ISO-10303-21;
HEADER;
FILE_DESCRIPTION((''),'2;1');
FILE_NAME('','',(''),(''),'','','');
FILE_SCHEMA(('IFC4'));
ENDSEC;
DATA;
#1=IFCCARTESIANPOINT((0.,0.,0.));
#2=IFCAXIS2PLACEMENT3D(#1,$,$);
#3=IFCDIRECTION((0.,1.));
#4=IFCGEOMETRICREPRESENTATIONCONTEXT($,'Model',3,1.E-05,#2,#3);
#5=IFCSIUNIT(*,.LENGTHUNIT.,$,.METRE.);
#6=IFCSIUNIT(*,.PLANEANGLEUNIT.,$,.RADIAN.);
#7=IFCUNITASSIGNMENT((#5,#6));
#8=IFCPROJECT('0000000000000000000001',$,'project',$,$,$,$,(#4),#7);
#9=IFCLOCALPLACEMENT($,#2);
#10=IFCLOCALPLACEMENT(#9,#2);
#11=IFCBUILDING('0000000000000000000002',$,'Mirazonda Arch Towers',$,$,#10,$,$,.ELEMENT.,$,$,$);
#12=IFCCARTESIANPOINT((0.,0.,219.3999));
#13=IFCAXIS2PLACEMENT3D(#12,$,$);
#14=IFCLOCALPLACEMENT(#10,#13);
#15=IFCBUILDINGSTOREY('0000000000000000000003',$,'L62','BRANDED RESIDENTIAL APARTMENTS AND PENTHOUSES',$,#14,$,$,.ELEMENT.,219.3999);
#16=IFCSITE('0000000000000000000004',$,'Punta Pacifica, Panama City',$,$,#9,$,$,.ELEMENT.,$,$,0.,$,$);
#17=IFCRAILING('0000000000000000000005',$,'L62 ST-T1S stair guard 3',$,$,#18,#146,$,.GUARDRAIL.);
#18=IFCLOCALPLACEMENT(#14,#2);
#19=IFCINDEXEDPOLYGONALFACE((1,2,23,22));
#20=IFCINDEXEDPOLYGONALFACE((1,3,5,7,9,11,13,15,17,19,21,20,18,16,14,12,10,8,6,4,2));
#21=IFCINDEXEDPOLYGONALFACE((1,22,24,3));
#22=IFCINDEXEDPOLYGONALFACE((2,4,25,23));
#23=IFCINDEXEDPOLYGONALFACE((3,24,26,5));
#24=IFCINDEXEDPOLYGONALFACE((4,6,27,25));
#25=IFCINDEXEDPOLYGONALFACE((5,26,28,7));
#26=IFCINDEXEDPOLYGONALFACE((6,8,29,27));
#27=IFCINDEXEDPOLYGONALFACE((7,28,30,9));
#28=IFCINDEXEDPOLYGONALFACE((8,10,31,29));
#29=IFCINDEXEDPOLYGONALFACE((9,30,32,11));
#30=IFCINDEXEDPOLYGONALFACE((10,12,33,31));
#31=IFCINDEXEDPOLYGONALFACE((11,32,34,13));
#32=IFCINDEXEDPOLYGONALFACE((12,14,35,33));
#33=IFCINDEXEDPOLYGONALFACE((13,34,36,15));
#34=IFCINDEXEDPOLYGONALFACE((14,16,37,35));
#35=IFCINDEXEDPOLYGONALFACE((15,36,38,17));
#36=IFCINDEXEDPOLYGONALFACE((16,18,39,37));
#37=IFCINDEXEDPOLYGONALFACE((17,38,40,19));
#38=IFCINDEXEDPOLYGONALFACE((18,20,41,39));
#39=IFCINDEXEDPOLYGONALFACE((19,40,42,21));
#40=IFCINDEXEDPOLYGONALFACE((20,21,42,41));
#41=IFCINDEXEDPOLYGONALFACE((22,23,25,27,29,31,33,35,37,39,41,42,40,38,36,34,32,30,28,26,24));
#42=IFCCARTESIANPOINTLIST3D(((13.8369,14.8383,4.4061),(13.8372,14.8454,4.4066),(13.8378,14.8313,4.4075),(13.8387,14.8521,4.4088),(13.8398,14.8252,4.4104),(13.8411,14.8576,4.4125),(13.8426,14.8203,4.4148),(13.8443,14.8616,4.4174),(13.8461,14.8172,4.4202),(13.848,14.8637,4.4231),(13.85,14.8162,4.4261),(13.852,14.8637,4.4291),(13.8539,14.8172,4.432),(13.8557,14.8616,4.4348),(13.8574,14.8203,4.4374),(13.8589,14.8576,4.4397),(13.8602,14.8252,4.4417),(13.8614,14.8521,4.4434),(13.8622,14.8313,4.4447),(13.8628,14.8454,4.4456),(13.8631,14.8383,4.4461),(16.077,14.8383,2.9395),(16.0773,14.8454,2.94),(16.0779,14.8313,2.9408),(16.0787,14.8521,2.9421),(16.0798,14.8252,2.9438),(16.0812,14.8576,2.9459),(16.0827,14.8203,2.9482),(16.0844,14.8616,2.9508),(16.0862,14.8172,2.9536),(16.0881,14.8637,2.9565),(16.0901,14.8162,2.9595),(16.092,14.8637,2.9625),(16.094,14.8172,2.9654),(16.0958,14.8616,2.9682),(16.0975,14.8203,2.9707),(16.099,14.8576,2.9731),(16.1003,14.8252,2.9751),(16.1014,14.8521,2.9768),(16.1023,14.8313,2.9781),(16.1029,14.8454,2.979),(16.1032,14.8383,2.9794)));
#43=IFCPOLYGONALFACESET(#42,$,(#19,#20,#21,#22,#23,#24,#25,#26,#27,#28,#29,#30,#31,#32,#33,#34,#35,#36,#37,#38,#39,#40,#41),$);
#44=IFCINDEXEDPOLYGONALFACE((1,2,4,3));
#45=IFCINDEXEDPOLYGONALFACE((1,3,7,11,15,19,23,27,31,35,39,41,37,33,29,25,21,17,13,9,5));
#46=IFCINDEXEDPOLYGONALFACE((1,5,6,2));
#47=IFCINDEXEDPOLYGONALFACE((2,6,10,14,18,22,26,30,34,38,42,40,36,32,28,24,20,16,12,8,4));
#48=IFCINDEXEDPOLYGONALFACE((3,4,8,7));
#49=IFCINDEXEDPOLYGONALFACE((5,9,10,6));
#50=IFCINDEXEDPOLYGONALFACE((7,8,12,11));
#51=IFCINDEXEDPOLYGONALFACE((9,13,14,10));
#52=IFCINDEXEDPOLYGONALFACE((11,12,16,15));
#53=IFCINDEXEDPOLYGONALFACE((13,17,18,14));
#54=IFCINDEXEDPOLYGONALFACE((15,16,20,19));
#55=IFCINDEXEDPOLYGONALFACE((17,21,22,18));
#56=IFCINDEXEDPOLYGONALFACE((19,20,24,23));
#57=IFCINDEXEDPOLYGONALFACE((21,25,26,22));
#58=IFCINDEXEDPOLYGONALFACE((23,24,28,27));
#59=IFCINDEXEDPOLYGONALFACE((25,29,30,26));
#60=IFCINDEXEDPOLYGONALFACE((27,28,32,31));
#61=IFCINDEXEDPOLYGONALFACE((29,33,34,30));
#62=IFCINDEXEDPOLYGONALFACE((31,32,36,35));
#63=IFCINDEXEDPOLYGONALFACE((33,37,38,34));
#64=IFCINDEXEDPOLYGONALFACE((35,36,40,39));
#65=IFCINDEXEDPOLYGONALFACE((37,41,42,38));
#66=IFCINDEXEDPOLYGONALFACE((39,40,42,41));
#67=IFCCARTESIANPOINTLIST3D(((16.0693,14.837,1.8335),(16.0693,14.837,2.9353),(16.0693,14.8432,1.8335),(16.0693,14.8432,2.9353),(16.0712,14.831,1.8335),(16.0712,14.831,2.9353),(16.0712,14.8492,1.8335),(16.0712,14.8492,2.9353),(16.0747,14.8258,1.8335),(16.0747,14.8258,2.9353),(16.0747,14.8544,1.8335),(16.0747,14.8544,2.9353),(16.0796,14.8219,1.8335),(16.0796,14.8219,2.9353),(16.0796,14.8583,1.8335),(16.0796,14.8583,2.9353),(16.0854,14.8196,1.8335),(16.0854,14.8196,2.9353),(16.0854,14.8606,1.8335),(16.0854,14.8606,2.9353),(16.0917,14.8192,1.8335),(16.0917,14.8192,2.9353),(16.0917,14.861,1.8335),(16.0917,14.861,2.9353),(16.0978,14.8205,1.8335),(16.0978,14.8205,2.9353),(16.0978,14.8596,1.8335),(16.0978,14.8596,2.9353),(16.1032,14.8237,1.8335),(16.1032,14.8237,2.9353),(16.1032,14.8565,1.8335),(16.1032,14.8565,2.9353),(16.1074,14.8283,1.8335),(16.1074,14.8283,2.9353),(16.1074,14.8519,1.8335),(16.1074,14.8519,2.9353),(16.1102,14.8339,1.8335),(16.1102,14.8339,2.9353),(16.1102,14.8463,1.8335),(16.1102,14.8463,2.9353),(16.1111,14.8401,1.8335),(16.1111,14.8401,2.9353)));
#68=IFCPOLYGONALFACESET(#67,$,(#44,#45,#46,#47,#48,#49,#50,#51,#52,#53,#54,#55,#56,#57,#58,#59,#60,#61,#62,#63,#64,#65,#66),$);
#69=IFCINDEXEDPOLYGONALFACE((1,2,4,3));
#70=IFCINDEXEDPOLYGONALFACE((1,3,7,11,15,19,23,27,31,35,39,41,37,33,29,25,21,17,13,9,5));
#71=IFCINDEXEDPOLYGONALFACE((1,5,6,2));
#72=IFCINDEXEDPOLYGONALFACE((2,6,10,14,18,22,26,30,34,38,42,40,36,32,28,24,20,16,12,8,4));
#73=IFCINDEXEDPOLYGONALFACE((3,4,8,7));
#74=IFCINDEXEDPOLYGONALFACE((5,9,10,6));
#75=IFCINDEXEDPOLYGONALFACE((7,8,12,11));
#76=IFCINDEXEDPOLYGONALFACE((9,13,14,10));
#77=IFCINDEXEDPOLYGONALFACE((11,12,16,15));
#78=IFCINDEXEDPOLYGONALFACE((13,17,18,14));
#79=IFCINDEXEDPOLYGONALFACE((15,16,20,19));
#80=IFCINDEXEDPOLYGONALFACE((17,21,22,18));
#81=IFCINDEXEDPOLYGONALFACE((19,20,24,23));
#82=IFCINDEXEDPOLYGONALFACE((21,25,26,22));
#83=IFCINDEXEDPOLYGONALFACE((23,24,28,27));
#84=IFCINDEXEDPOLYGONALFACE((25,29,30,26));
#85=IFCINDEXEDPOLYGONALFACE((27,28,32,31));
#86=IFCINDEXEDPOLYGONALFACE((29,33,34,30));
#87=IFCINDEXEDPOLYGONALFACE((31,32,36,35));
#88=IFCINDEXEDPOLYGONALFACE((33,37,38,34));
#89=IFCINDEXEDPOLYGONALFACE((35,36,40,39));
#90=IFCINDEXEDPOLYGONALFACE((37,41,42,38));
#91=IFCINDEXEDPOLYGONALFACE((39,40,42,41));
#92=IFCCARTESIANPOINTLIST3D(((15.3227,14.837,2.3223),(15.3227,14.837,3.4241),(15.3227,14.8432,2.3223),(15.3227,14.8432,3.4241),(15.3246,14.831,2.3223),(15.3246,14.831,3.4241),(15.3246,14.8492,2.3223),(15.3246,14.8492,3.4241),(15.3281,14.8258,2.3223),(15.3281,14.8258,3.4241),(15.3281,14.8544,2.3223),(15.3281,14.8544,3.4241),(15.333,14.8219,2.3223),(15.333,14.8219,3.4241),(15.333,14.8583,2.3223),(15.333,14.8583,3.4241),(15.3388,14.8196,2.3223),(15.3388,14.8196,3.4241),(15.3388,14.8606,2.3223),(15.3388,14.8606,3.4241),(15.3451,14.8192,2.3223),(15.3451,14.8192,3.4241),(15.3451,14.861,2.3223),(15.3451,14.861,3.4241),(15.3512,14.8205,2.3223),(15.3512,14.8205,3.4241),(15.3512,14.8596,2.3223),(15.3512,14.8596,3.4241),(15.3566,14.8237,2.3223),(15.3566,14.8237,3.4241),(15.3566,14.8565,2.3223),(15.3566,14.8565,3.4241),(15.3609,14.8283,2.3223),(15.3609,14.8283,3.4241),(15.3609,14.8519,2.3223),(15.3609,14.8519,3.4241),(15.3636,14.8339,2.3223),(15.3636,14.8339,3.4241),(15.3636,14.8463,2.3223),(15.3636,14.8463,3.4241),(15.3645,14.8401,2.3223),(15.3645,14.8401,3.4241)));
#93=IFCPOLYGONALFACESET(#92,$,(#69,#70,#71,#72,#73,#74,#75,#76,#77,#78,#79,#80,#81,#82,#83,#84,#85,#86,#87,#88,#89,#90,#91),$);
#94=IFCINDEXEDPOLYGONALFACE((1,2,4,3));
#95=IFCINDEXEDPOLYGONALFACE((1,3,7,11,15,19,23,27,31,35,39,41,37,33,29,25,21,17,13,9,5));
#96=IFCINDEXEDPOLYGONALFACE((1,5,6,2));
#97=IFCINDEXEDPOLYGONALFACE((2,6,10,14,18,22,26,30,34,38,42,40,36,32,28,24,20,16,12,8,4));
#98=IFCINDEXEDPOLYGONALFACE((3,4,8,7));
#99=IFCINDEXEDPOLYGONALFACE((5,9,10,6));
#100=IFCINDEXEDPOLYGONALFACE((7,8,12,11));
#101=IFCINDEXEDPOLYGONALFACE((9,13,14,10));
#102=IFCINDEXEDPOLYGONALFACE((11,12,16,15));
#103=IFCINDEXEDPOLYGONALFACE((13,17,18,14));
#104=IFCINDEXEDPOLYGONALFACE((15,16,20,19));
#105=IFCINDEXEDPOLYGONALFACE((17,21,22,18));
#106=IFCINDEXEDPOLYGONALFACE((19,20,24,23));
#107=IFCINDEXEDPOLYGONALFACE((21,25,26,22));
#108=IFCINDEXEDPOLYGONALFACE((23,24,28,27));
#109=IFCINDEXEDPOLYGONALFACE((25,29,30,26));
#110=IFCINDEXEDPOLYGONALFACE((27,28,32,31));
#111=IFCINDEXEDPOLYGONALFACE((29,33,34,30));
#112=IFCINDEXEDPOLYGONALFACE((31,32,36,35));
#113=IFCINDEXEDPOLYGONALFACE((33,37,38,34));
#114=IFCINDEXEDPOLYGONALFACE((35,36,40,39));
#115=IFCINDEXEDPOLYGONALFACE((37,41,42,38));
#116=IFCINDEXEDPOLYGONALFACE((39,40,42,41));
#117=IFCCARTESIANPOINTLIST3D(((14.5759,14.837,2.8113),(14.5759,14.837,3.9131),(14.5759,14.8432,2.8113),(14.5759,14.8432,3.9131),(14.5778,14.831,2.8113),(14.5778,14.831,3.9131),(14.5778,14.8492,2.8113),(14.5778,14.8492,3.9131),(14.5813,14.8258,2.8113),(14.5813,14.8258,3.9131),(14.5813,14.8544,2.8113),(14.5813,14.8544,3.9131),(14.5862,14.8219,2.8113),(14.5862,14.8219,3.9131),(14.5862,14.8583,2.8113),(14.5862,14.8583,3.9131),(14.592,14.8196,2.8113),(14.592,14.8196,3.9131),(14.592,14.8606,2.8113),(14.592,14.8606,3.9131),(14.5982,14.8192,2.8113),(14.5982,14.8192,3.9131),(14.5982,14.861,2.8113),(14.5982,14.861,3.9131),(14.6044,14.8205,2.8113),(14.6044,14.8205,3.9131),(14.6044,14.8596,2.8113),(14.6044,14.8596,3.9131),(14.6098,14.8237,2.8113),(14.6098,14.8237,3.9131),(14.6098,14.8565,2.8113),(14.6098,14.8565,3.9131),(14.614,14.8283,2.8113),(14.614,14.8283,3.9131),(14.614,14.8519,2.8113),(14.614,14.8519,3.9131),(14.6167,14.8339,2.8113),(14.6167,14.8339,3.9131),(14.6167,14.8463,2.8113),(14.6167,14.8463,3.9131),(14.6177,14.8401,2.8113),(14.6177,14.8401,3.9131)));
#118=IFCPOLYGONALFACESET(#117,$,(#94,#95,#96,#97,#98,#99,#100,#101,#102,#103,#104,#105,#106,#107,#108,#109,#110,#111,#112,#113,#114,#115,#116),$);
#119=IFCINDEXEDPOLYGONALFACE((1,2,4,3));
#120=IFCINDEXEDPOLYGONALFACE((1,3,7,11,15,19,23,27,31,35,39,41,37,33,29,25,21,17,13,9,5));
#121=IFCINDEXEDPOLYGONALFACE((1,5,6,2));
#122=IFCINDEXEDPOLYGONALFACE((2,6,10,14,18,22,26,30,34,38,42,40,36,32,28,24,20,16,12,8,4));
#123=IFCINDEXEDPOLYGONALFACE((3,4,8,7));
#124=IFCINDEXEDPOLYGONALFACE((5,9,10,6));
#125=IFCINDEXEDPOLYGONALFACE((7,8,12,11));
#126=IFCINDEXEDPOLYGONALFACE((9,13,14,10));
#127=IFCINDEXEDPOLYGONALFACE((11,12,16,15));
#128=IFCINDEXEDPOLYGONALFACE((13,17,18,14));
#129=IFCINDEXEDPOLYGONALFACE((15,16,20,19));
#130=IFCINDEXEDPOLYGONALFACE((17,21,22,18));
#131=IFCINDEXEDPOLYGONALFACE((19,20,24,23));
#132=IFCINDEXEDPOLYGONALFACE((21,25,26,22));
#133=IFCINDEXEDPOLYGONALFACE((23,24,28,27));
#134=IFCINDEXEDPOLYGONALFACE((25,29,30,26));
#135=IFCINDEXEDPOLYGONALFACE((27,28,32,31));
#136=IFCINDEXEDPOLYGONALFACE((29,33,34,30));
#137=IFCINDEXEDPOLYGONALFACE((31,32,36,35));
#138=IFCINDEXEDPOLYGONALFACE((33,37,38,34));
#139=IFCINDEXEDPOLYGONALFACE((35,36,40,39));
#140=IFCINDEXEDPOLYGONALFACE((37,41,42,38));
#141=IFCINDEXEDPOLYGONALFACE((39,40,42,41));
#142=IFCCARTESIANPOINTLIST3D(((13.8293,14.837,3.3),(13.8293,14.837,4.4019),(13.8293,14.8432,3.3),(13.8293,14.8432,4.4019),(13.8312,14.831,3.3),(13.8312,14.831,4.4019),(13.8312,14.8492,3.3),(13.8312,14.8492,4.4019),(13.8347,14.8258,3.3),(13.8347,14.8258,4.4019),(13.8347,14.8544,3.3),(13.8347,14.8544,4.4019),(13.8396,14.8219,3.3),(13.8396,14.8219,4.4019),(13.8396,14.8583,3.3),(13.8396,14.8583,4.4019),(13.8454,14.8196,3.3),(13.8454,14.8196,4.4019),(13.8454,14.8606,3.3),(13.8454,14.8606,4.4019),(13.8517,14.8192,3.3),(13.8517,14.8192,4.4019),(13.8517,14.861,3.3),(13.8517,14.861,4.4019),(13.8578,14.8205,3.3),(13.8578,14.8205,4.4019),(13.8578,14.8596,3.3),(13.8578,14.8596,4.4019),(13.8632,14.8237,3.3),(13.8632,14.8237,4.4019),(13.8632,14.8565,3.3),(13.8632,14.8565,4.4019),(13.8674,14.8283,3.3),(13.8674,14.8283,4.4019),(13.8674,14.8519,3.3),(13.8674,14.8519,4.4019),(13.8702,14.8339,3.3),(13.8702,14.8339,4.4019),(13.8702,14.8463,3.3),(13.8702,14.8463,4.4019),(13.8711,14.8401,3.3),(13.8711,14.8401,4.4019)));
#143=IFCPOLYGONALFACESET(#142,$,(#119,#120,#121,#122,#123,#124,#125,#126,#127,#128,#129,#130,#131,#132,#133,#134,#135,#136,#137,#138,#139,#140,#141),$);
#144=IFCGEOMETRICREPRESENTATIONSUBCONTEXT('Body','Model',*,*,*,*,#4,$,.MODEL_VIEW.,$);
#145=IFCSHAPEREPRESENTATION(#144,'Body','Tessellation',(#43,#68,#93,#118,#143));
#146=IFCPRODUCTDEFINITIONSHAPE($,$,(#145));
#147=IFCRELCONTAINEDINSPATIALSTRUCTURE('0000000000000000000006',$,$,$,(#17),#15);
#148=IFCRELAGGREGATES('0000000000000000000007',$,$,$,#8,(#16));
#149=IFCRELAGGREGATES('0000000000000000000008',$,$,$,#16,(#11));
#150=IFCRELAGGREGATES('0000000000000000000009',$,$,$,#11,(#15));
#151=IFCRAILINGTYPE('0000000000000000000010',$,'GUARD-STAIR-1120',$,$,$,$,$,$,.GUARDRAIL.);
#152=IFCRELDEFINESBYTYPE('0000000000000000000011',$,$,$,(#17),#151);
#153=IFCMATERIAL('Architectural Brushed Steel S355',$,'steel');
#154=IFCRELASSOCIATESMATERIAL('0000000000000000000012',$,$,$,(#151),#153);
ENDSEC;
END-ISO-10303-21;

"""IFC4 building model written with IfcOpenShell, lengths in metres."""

from ifc_helpers import new_model, si_unit, direction, frame, origin, origin_2d, place, context, subcontext, project, spatial, circle, extrude, material, type_object, element, save


model = new_model("IFC4")

# Units and contexts
model_context = context("Model", 3, precision=1e-05, world=origin(), true_north=direction((0.0, 1.0)))
body_context = subcontext(model_context, "Body", "Model", "MODEL_VIEW")
ifc_project = project(units=[si_unit("LENGTHUNIT", "METRE"), si_unit("PLANEANGLEUNIT", "RADIAN")], contexts=[model_context])

# Site, building, storey
site_placement = place(None, origin())
site = spatial("IfcSite", under=ifc_project, at=site_placement, Name="Punta Pacifica, Panama City", CompositionType="ELEMENT", RefElevation=0.0)
building_placement = place(site_placement, origin())
building = spatial("IfcBuilding", under=site, at=building_placement, Name="Mirazonda Arch Towers", CompositionType="ELEMENT")
storey_placement = place(building_placement, frame((0.0, 0.0, 219.3999)))
storey = spatial("IfcBuildingStorey", under=building, at=storey_placement, Name="L62", Description="BRANDED RESIDENTIAL APARTMENTS AND PENTHOUSES", CompositionType="ELEMENT", Elevation=219.3999)

# Shared definitions
ifc_material_1 = material(Name="Architectural Brushed Steel S355", Category="steel")

# Railing
railing_type_1 = type_object("IfcRailingType", Name="GUARD-STAIR-1120", PredefinedType="GUARDRAIL", material=ifc_material_1)
railing_1_placement = place(storey_placement, frame((16.0901, 14.8401, 1.8335)))
element("IfcRailing", 1, at=railing_1_placement, inside=storey, type_object=railing_type_1, Name="L62 ST-T1S stair guard 3", PredefinedType="GUARDRAIL", context=body_context, shape_type="SweptSolid", body=[
    extrude(circle(Radius=0.0239, at=origin_2d()), frame((0.0, 0.0, 1.126), z_axis=(-0.836637, 0.0, 0.547758), x_axis=(0.0, -1.0, 0.0)), (0.0, 0.0, 1.0), 2.6775),
    extrude(circle(Radius=0.021, at=origin_2d()), origin(), (0.0, 0.0, 1.0), 1.1018),
    extrude(circle(Radius=0.021, at=origin_2d()), frame((-0.7466, 0.0, 0.4888)), (0.0, 0.0, 1.0), 1.1018),
    extrude(circle(Radius=0.021, at=origin_2d()), frame((-1.4934, 0.0, 0.9778)), (0.0, 0.0, 1.0), 1.1018),
    extrude(circle(Radius=0.021, at=origin_2d()), frame((-2.24, 0.0, 1.4666)), (0.0, 0.0, 1.0), 1.1018),
])

save(model, "model.ifc")
